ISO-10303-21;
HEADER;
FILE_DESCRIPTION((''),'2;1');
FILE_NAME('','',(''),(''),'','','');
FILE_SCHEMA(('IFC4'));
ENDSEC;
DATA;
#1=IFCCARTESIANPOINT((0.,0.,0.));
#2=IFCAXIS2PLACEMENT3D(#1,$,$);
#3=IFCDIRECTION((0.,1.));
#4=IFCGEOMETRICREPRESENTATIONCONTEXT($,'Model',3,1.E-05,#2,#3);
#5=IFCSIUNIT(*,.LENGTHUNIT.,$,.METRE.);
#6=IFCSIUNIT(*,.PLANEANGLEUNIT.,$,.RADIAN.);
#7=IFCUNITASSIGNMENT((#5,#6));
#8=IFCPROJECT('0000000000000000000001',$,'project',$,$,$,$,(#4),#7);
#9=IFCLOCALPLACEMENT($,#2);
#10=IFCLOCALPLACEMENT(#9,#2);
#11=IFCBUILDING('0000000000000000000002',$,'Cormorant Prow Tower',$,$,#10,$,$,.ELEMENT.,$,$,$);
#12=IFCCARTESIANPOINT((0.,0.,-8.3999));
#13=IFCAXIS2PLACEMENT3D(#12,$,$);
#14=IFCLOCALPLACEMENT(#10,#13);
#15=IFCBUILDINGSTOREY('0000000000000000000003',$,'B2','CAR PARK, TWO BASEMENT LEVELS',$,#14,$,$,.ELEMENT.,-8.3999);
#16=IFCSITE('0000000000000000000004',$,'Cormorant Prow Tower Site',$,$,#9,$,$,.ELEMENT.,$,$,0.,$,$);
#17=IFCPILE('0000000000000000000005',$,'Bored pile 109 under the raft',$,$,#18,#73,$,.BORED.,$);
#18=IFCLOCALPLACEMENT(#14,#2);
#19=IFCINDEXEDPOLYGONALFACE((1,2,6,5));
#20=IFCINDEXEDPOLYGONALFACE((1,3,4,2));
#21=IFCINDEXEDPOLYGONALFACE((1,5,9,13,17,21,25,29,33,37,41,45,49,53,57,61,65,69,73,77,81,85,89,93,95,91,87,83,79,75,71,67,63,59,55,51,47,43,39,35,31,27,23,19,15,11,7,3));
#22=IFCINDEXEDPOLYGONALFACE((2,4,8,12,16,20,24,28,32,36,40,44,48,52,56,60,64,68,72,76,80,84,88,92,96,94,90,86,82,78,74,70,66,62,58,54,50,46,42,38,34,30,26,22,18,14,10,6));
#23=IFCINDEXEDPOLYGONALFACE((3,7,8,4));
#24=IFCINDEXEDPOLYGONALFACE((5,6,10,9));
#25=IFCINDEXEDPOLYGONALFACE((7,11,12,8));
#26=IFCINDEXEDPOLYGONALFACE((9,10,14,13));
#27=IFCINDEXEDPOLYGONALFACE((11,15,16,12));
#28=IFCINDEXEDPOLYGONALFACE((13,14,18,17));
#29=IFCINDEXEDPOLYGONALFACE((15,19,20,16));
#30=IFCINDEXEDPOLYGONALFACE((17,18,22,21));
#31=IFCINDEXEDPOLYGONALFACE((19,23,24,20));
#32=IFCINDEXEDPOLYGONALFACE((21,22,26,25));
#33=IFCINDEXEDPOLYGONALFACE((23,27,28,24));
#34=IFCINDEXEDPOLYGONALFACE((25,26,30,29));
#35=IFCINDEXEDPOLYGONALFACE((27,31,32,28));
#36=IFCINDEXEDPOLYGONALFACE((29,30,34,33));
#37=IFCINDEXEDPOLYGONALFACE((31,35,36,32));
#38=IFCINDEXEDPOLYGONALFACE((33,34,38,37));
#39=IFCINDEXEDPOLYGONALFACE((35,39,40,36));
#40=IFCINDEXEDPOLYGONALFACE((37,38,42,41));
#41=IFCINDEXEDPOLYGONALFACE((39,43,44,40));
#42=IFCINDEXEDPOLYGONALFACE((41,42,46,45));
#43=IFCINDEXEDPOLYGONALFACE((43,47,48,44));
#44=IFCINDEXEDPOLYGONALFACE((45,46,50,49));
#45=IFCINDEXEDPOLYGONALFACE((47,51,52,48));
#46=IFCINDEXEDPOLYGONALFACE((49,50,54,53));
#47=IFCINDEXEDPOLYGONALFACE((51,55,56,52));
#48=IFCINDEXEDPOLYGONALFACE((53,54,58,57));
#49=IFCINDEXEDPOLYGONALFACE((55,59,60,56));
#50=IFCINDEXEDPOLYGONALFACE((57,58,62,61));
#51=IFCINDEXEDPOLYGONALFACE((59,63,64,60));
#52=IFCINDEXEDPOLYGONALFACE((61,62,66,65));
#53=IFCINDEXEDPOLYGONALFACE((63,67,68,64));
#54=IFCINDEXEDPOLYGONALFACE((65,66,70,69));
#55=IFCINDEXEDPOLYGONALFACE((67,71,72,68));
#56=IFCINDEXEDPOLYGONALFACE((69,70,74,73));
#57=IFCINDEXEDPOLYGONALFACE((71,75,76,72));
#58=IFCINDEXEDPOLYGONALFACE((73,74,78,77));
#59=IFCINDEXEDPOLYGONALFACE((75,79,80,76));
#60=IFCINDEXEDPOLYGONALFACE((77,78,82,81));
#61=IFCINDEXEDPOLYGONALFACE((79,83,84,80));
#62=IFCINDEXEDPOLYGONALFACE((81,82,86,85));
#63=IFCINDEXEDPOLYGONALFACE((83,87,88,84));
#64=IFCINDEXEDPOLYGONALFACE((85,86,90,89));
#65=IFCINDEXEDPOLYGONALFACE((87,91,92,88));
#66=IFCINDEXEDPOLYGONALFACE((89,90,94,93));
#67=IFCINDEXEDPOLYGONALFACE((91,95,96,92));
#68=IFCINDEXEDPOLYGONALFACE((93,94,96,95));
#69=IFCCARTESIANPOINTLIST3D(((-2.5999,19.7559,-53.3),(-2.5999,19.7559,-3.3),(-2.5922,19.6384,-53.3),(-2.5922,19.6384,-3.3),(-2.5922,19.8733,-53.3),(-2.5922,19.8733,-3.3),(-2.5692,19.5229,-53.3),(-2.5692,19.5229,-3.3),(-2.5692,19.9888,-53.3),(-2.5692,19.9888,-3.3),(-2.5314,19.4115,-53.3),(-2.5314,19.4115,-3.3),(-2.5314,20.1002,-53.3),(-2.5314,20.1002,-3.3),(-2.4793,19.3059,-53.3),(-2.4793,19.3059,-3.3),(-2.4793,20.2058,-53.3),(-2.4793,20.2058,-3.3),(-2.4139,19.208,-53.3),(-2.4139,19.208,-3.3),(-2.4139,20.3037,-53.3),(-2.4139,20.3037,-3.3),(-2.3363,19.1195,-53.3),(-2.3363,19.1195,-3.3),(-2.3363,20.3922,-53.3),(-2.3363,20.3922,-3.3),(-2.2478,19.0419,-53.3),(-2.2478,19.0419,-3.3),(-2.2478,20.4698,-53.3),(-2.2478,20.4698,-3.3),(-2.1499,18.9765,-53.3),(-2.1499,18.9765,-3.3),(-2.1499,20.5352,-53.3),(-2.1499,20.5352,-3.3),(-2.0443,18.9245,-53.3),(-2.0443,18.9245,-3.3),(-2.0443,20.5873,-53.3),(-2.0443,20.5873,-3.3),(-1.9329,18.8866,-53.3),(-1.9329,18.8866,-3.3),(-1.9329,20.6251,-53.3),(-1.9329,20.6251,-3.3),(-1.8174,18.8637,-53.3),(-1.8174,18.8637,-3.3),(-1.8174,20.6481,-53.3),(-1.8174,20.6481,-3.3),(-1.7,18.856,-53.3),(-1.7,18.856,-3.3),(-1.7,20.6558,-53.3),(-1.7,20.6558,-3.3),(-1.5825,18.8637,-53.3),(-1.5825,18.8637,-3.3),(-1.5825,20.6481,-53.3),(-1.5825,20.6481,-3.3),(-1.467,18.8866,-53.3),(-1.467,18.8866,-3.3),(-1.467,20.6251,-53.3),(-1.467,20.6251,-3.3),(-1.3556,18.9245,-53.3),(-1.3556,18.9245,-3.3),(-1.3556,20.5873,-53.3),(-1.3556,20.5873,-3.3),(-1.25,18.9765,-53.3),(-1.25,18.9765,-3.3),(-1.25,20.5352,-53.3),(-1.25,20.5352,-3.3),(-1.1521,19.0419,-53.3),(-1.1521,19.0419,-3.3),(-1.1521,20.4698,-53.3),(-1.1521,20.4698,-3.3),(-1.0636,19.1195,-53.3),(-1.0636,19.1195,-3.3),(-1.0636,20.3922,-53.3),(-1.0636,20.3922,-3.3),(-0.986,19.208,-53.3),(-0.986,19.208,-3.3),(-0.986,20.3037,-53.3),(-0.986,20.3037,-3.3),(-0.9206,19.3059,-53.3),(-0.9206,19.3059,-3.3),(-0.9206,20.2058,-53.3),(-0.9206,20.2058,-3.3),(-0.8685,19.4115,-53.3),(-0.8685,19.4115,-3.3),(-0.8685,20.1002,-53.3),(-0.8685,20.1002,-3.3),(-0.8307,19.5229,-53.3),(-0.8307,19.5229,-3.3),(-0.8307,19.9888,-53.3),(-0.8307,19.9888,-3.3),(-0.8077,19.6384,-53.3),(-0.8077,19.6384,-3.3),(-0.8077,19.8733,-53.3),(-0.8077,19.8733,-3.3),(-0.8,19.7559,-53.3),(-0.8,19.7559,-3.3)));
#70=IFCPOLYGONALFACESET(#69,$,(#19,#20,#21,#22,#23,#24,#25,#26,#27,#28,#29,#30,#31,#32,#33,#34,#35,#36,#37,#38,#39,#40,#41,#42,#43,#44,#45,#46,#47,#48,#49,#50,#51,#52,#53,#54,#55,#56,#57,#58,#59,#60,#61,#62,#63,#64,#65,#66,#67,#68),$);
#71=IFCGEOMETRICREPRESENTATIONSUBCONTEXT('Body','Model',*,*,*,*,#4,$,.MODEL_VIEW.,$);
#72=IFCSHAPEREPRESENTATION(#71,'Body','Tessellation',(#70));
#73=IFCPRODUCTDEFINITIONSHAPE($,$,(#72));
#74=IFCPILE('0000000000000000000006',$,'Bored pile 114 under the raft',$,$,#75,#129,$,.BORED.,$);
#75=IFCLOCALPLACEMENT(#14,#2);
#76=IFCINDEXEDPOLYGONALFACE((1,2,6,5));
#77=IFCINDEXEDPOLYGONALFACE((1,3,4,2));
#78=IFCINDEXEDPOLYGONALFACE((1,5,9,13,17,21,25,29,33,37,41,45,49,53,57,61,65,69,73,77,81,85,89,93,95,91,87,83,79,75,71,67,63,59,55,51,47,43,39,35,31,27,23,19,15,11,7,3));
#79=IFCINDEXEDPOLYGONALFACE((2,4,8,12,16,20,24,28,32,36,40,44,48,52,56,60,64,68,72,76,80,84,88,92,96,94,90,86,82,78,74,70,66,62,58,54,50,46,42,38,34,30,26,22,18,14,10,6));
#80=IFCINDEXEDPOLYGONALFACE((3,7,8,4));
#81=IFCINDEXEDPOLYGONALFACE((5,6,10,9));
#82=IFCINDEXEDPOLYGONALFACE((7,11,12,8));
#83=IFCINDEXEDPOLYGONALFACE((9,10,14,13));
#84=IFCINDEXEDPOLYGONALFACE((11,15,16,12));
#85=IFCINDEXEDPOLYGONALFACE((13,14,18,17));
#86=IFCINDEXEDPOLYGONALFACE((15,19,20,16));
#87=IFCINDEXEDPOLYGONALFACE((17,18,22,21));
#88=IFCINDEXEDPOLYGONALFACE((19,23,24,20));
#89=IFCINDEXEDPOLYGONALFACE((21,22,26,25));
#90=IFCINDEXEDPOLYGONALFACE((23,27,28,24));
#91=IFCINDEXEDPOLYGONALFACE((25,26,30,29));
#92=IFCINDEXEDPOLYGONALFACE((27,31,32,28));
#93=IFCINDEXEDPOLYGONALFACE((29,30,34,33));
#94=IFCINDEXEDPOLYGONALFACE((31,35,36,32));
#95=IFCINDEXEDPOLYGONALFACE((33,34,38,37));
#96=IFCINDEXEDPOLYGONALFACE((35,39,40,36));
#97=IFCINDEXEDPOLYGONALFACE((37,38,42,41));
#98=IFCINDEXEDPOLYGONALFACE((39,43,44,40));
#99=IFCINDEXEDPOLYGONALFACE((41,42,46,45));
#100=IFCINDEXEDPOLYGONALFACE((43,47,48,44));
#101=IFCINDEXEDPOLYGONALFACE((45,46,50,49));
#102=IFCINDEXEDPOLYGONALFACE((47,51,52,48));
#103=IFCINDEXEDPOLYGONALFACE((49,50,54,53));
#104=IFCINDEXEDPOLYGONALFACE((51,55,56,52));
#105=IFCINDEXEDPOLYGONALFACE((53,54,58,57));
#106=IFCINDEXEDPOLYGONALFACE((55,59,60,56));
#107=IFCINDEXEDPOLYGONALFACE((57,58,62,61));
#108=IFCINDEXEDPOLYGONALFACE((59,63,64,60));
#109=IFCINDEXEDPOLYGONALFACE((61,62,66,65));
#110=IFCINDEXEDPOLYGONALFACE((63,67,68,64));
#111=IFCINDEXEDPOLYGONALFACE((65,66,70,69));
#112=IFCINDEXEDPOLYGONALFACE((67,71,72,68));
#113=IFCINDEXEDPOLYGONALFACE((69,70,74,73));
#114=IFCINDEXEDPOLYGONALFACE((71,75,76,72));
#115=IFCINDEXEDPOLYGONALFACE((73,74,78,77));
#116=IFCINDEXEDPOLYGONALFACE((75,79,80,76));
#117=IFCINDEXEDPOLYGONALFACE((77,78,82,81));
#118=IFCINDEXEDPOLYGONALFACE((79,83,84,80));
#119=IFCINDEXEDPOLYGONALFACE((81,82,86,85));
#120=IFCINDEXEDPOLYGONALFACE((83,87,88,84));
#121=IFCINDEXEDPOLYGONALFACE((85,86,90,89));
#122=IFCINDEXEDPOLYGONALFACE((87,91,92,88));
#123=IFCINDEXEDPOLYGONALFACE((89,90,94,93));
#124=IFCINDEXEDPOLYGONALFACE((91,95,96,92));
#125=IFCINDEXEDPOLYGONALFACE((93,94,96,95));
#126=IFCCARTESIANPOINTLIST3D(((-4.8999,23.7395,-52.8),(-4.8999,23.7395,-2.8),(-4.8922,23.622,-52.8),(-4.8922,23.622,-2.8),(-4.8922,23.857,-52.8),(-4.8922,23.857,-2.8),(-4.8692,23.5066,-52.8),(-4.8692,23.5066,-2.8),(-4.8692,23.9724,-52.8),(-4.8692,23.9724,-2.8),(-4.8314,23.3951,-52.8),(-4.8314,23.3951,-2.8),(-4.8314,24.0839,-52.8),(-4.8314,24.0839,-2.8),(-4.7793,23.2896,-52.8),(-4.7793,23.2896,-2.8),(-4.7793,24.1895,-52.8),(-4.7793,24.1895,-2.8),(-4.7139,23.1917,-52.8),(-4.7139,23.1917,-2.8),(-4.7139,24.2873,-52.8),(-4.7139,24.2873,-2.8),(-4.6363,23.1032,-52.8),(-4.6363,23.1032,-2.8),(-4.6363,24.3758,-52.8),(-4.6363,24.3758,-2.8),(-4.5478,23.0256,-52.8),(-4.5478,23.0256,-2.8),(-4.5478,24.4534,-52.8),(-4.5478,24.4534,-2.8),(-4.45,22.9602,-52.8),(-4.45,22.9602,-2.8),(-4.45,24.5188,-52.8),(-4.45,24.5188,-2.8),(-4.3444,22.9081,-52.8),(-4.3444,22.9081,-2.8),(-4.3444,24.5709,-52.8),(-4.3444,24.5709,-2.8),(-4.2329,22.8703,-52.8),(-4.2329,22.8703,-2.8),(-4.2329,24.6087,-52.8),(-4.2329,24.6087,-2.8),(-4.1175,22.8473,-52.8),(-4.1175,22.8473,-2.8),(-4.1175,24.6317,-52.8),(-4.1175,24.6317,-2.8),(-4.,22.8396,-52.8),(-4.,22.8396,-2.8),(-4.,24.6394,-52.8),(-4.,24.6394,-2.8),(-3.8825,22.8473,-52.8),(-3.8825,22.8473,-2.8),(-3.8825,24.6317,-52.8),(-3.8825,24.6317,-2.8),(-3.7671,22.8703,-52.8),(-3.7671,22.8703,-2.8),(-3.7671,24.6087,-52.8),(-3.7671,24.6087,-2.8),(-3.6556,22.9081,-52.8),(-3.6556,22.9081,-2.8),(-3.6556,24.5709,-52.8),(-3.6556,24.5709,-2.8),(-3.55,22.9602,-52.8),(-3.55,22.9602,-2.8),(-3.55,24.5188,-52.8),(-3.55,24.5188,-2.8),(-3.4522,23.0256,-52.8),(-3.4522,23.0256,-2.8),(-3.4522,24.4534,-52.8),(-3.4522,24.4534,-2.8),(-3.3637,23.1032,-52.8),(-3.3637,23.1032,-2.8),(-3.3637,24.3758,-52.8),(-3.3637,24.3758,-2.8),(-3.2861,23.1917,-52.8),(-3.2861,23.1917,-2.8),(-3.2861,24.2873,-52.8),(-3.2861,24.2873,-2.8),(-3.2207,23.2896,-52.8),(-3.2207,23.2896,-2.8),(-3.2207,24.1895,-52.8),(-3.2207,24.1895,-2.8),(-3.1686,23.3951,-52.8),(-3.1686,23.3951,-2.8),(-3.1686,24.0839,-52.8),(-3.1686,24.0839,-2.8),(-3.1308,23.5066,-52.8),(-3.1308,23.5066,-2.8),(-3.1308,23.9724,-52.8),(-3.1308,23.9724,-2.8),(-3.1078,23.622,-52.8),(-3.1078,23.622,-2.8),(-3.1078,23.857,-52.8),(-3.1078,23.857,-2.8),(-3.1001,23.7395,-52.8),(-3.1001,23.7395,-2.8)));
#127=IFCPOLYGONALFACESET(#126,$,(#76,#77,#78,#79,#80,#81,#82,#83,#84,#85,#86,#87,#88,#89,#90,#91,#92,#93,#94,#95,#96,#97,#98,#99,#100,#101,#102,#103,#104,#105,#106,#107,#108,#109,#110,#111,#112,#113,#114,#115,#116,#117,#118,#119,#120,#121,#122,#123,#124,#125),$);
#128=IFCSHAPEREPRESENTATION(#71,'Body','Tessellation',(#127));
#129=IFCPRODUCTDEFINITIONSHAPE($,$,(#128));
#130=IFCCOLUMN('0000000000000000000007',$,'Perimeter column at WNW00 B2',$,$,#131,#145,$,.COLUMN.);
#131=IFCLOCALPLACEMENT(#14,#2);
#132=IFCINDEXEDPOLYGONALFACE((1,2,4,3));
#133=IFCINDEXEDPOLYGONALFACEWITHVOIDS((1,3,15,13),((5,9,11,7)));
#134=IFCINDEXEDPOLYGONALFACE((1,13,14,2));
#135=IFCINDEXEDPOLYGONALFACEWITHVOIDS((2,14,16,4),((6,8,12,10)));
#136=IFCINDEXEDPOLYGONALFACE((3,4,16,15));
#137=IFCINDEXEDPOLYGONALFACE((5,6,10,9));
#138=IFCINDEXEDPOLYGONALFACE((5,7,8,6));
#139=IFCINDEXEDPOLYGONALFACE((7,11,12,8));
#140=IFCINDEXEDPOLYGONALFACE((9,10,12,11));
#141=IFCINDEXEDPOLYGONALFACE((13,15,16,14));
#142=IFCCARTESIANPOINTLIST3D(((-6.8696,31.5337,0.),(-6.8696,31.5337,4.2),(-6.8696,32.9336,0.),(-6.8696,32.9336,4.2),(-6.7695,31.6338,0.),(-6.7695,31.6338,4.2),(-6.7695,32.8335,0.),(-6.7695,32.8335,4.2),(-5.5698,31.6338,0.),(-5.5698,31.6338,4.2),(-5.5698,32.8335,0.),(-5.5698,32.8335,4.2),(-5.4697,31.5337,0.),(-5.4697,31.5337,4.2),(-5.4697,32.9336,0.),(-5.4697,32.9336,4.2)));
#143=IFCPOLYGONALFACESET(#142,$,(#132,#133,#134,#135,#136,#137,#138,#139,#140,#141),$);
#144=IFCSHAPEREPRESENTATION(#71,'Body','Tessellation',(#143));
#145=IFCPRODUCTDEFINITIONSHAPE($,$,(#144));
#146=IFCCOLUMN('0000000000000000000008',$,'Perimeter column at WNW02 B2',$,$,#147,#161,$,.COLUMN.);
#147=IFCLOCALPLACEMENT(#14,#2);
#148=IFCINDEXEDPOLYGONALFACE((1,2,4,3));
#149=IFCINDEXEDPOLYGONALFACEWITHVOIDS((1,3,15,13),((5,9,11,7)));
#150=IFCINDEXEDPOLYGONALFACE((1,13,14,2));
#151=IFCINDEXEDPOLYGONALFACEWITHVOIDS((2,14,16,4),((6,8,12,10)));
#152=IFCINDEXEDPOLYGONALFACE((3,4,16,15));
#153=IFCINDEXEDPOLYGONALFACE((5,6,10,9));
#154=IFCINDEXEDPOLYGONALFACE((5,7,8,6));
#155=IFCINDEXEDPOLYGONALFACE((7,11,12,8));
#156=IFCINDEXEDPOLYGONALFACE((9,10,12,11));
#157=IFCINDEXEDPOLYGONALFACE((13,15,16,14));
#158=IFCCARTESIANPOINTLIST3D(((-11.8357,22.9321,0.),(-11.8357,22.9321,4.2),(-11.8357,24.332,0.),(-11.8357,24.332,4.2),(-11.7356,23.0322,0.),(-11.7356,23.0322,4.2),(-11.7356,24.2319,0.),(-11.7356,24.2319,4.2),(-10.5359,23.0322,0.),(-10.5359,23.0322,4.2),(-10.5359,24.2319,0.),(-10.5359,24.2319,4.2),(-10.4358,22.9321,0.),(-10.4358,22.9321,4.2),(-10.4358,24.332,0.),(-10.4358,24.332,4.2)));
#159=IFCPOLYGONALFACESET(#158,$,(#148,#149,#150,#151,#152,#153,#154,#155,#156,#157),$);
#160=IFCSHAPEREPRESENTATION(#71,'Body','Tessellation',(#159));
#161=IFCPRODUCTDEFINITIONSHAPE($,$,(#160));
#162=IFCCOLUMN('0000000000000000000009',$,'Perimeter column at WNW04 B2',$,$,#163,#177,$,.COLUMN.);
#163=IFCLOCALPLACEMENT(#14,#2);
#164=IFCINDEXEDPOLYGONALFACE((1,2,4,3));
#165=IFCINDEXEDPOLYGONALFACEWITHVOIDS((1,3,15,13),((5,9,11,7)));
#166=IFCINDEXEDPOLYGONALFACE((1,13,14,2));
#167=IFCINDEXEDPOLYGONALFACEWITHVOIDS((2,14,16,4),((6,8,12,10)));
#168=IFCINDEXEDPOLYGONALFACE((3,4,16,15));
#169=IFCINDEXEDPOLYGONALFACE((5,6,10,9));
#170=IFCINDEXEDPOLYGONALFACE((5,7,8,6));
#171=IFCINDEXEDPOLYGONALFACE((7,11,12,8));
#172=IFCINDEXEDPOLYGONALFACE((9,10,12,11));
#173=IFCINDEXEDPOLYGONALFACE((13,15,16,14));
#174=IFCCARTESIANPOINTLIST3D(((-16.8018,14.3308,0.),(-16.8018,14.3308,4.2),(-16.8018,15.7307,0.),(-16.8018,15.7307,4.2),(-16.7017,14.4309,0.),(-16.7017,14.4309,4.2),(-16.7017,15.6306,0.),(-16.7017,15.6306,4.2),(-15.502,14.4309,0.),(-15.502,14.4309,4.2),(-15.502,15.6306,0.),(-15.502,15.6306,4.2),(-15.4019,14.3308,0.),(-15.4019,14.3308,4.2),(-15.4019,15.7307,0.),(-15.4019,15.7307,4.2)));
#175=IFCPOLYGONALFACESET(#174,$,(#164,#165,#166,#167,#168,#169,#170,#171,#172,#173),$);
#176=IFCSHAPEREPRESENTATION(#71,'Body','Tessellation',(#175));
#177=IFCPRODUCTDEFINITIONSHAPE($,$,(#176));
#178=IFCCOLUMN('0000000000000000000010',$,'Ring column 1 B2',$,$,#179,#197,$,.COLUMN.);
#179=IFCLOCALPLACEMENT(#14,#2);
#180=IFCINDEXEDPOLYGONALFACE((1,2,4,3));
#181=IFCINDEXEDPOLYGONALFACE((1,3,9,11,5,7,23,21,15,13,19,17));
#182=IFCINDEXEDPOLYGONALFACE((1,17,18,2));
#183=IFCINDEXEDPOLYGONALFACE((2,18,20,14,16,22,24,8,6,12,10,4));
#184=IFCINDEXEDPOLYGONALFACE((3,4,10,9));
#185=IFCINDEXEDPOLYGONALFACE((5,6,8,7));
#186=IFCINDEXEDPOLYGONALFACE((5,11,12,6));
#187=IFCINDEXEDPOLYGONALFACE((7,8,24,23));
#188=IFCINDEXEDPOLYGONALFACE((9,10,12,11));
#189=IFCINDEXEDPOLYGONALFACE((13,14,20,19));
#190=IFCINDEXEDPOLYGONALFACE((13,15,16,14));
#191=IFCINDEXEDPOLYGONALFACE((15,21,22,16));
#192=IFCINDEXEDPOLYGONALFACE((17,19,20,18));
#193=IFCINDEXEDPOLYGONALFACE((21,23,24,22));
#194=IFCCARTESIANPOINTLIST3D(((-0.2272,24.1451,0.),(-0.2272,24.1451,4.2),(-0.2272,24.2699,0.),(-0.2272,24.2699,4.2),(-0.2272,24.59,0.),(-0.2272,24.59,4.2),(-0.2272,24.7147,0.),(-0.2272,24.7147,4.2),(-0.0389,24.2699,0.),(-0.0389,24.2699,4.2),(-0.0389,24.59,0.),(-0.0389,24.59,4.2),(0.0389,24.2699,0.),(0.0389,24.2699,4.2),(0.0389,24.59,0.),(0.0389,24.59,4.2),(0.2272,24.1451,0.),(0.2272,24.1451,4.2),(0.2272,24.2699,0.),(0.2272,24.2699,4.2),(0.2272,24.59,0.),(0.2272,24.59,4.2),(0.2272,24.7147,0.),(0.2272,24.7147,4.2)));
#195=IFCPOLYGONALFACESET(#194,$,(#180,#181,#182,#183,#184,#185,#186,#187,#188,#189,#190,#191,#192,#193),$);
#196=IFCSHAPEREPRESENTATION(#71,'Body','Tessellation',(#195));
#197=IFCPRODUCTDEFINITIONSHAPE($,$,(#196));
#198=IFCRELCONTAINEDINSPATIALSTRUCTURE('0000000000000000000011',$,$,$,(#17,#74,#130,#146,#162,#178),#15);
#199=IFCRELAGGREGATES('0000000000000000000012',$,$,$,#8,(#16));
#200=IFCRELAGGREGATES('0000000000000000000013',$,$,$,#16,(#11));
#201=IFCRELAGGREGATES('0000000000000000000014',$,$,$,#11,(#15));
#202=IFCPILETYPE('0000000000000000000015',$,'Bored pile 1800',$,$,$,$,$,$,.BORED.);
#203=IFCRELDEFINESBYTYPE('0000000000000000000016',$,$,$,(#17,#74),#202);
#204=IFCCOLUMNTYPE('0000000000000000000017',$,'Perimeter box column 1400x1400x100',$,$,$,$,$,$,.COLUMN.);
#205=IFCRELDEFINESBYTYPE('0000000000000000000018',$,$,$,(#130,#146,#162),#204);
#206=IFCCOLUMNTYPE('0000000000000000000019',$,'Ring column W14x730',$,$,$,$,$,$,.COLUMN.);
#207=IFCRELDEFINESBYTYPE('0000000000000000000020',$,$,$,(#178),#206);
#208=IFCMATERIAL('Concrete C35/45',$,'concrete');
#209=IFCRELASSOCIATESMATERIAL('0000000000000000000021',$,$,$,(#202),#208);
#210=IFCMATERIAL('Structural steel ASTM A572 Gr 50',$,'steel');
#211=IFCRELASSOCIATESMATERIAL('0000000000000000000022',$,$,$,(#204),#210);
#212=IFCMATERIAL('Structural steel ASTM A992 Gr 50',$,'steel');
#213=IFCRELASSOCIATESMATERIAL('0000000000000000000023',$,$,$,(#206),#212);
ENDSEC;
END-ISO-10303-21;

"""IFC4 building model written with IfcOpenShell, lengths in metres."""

from ifc_helpers import new_model, si_unit, direction, frame, origin, origin_2d, place, context, subcontext, project, spatial, hollow_rectangle, circle, i_section, extrude, material, material_profile, profile_set, type_object, element, save


model = new_model("IFC4")

# Units and contexts
model_context = context("Model", 3, precision=1e-05, world=origin(), true_north=direction((0.0, 1.0)))
body_context = subcontext(model_context, "Body", "Model", "MODEL_VIEW")
ifc_project = project(units=[si_unit("LENGTHUNIT", "METRE"), si_unit("PLANEANGLEUNIT", "RADIAN")], contexts=[model_context])

# Site, building, storey
site_placement = place(None, origin())
site = spatial("IfcSite", under=ifc_project, at=site_placement, Name="Cormorant Prow Tower Site", CompositionType="ELEMENT", RefElevation=0.0)
building_placement = place(site_placement, origin())
building = spatial("IfcBuilding", under=site, at=building_placement, Name="Cormorant Prow Tower", CompositionType="ELEMENT")
storey_placement = place(building_placement, frame((0.0, 0.0, -8.3999)))
storey = spatial("IfcBuildingStorey", under=building, at=storey_placement, Name="B2", Description="CAR PARK, TWO BASEMENT LEVELS", CompositionType="ELEMENT", Elevation=-8.3999)

# Piles
ifc_material_1 = material(Name="Concrete C35/45", Category="concrete")
ifc_material_profile_1 = material_profile(ifc_material_1, circle(Radius=0.8999, at=origin_2d()), Name="Round 1800")
ifc_profile_set_1 = profile_set([ifc_material_profile_1], Name="Concrete C35/45")
pile_type_1 = type_object("IfcPileType", Name="Bored pile 1800", PredefinedType="BORED", material=ifc_profile_set_1)
for number, where, z_axis, x_axis, name in (
    (1, (-1.7, 19.7559, -3.3), (0.0, 0.0, -1.0), (1.0, 0.0, 0.0), "Bored pile 109 under the raft"),
    (2, (-4.0, 23.7395, -2.8), (0.0, 0.0, -1.0), (1.0, 0.0, 0.0), "Bored pile 114 under the raft"),
):
    element("IfcPile", number, at=place(storey_placement, frame(where, z_axis=z_axis, x_axis=x_axis)), inside=storey, type_object=pile_type_1, Name=name, PredefinedType="BORED", context=body_context, shape_type="SweptSolid", body=[
        extrude(circle(Radius=0.8999, at=origin_2d()), origin(), (0.0, 0.0, 1.0), 50.0),
    ])

# Columns
ifc_material_2 = material(Name="Structural steel ASTM A572 Gr 50", Category="steel")
ifc_material_profile_2 = material_profile(ifc_material_2, hollow_rectangle(XDim=1.3999, YDim=1.3999, WallThickness=0.1001, at=origin_2d()), Name="Box 1400x1400x100")
ifc_profile_set_2 = profile_set([ifc_material_profile_2], Name="Structural steel ASTM A572 Gr 50")
column_type_1 = type_object("IfcColumnType", Name="Perimeter box column 1400x1400x100", PredefinedType="COLUMN", material=ifc_profile_set_2)
for number, where, z_axis, x_axis, name in (
    (3, (-6.1697, 32.2336, 0.0), (0.0, 0.0, 1.0), (1.0, 0.0, 0.0), "Perimeter column at WNW00 B2"),
    (4, (-11.1357, 23.6321, 0.0), (0.0, 0.0, 1.0), (1.0, 0.0, 0.0), "Perimeter column at WNW02 B2"),
    (5, (-16.1018, 15.0308, 0.0), (0.0, 0.0, 1.0), (1.0, 0.0, 0.0), "Perimeter column at WNW04 B2"),
):
    element("IfcColumn", number, at=place(storey_placement, frame(where, z_axis=z_axis, x_axis=x_axis)), inside=storey, type_object=column_type_1, Name=name, PredefinedType="COLUMN", context=body_context, shape_type="SweptSolid", body=[
        extrude(hollow_rectangle(XDim=1.3999, YDim=1.3999, WallThickness=0.1001, at=origin_2d()), origin(), (0.0, 0.0, 1.0), 4.2),
    ])
ifc_material_3 = material(Name="Structural steel ASTM A992 Gr 50", Category="steel")
ifc_material_profile_3 = material_profile(ifc_material_3, i_section(OverallWidth=0.4543, OverallDepth=0.5696, WebThickness=0.0779, FlangeThickness=0.1248, at=origin_2d()), Name="W14x730")
ifc_profile_set_3 = profile_set([ifc_material_profile_3], Name="Structural steel ASTM A992 Gr 50")
column_type_2 = type_object("IfcColumnType", Name="Ring column W14x730", PredefinedType="COLUMN", material=ifc_profile_set_3)
for number, where, z_axis, x_axis, name in (
    (6, (0.0, 24.4299, 0.0), (0.0, 0.0, 1.0), (1.0, 0.0, 0.0), "Ring column 1 B2"),
):
    element("IfcColumn", number, at=place(storey_placement, frame(where, z_axis=z_axis, x_axis=x_axis)), inside=storey, type_object=column_type_2, Name=name, PredefinedType="COLUMN", context=body_context, shape_type="SweptSolid", body=[
        extrude(i_section(OverallWidth=0.4543, OverallDepth=0.5696, WebThickness=0.0779, FlangeThickness=0.1248, at=origin_2d()), origin(), (0.0, 0.0, 1.0), 4.2),
    ])

save(model, "model.ifc")
